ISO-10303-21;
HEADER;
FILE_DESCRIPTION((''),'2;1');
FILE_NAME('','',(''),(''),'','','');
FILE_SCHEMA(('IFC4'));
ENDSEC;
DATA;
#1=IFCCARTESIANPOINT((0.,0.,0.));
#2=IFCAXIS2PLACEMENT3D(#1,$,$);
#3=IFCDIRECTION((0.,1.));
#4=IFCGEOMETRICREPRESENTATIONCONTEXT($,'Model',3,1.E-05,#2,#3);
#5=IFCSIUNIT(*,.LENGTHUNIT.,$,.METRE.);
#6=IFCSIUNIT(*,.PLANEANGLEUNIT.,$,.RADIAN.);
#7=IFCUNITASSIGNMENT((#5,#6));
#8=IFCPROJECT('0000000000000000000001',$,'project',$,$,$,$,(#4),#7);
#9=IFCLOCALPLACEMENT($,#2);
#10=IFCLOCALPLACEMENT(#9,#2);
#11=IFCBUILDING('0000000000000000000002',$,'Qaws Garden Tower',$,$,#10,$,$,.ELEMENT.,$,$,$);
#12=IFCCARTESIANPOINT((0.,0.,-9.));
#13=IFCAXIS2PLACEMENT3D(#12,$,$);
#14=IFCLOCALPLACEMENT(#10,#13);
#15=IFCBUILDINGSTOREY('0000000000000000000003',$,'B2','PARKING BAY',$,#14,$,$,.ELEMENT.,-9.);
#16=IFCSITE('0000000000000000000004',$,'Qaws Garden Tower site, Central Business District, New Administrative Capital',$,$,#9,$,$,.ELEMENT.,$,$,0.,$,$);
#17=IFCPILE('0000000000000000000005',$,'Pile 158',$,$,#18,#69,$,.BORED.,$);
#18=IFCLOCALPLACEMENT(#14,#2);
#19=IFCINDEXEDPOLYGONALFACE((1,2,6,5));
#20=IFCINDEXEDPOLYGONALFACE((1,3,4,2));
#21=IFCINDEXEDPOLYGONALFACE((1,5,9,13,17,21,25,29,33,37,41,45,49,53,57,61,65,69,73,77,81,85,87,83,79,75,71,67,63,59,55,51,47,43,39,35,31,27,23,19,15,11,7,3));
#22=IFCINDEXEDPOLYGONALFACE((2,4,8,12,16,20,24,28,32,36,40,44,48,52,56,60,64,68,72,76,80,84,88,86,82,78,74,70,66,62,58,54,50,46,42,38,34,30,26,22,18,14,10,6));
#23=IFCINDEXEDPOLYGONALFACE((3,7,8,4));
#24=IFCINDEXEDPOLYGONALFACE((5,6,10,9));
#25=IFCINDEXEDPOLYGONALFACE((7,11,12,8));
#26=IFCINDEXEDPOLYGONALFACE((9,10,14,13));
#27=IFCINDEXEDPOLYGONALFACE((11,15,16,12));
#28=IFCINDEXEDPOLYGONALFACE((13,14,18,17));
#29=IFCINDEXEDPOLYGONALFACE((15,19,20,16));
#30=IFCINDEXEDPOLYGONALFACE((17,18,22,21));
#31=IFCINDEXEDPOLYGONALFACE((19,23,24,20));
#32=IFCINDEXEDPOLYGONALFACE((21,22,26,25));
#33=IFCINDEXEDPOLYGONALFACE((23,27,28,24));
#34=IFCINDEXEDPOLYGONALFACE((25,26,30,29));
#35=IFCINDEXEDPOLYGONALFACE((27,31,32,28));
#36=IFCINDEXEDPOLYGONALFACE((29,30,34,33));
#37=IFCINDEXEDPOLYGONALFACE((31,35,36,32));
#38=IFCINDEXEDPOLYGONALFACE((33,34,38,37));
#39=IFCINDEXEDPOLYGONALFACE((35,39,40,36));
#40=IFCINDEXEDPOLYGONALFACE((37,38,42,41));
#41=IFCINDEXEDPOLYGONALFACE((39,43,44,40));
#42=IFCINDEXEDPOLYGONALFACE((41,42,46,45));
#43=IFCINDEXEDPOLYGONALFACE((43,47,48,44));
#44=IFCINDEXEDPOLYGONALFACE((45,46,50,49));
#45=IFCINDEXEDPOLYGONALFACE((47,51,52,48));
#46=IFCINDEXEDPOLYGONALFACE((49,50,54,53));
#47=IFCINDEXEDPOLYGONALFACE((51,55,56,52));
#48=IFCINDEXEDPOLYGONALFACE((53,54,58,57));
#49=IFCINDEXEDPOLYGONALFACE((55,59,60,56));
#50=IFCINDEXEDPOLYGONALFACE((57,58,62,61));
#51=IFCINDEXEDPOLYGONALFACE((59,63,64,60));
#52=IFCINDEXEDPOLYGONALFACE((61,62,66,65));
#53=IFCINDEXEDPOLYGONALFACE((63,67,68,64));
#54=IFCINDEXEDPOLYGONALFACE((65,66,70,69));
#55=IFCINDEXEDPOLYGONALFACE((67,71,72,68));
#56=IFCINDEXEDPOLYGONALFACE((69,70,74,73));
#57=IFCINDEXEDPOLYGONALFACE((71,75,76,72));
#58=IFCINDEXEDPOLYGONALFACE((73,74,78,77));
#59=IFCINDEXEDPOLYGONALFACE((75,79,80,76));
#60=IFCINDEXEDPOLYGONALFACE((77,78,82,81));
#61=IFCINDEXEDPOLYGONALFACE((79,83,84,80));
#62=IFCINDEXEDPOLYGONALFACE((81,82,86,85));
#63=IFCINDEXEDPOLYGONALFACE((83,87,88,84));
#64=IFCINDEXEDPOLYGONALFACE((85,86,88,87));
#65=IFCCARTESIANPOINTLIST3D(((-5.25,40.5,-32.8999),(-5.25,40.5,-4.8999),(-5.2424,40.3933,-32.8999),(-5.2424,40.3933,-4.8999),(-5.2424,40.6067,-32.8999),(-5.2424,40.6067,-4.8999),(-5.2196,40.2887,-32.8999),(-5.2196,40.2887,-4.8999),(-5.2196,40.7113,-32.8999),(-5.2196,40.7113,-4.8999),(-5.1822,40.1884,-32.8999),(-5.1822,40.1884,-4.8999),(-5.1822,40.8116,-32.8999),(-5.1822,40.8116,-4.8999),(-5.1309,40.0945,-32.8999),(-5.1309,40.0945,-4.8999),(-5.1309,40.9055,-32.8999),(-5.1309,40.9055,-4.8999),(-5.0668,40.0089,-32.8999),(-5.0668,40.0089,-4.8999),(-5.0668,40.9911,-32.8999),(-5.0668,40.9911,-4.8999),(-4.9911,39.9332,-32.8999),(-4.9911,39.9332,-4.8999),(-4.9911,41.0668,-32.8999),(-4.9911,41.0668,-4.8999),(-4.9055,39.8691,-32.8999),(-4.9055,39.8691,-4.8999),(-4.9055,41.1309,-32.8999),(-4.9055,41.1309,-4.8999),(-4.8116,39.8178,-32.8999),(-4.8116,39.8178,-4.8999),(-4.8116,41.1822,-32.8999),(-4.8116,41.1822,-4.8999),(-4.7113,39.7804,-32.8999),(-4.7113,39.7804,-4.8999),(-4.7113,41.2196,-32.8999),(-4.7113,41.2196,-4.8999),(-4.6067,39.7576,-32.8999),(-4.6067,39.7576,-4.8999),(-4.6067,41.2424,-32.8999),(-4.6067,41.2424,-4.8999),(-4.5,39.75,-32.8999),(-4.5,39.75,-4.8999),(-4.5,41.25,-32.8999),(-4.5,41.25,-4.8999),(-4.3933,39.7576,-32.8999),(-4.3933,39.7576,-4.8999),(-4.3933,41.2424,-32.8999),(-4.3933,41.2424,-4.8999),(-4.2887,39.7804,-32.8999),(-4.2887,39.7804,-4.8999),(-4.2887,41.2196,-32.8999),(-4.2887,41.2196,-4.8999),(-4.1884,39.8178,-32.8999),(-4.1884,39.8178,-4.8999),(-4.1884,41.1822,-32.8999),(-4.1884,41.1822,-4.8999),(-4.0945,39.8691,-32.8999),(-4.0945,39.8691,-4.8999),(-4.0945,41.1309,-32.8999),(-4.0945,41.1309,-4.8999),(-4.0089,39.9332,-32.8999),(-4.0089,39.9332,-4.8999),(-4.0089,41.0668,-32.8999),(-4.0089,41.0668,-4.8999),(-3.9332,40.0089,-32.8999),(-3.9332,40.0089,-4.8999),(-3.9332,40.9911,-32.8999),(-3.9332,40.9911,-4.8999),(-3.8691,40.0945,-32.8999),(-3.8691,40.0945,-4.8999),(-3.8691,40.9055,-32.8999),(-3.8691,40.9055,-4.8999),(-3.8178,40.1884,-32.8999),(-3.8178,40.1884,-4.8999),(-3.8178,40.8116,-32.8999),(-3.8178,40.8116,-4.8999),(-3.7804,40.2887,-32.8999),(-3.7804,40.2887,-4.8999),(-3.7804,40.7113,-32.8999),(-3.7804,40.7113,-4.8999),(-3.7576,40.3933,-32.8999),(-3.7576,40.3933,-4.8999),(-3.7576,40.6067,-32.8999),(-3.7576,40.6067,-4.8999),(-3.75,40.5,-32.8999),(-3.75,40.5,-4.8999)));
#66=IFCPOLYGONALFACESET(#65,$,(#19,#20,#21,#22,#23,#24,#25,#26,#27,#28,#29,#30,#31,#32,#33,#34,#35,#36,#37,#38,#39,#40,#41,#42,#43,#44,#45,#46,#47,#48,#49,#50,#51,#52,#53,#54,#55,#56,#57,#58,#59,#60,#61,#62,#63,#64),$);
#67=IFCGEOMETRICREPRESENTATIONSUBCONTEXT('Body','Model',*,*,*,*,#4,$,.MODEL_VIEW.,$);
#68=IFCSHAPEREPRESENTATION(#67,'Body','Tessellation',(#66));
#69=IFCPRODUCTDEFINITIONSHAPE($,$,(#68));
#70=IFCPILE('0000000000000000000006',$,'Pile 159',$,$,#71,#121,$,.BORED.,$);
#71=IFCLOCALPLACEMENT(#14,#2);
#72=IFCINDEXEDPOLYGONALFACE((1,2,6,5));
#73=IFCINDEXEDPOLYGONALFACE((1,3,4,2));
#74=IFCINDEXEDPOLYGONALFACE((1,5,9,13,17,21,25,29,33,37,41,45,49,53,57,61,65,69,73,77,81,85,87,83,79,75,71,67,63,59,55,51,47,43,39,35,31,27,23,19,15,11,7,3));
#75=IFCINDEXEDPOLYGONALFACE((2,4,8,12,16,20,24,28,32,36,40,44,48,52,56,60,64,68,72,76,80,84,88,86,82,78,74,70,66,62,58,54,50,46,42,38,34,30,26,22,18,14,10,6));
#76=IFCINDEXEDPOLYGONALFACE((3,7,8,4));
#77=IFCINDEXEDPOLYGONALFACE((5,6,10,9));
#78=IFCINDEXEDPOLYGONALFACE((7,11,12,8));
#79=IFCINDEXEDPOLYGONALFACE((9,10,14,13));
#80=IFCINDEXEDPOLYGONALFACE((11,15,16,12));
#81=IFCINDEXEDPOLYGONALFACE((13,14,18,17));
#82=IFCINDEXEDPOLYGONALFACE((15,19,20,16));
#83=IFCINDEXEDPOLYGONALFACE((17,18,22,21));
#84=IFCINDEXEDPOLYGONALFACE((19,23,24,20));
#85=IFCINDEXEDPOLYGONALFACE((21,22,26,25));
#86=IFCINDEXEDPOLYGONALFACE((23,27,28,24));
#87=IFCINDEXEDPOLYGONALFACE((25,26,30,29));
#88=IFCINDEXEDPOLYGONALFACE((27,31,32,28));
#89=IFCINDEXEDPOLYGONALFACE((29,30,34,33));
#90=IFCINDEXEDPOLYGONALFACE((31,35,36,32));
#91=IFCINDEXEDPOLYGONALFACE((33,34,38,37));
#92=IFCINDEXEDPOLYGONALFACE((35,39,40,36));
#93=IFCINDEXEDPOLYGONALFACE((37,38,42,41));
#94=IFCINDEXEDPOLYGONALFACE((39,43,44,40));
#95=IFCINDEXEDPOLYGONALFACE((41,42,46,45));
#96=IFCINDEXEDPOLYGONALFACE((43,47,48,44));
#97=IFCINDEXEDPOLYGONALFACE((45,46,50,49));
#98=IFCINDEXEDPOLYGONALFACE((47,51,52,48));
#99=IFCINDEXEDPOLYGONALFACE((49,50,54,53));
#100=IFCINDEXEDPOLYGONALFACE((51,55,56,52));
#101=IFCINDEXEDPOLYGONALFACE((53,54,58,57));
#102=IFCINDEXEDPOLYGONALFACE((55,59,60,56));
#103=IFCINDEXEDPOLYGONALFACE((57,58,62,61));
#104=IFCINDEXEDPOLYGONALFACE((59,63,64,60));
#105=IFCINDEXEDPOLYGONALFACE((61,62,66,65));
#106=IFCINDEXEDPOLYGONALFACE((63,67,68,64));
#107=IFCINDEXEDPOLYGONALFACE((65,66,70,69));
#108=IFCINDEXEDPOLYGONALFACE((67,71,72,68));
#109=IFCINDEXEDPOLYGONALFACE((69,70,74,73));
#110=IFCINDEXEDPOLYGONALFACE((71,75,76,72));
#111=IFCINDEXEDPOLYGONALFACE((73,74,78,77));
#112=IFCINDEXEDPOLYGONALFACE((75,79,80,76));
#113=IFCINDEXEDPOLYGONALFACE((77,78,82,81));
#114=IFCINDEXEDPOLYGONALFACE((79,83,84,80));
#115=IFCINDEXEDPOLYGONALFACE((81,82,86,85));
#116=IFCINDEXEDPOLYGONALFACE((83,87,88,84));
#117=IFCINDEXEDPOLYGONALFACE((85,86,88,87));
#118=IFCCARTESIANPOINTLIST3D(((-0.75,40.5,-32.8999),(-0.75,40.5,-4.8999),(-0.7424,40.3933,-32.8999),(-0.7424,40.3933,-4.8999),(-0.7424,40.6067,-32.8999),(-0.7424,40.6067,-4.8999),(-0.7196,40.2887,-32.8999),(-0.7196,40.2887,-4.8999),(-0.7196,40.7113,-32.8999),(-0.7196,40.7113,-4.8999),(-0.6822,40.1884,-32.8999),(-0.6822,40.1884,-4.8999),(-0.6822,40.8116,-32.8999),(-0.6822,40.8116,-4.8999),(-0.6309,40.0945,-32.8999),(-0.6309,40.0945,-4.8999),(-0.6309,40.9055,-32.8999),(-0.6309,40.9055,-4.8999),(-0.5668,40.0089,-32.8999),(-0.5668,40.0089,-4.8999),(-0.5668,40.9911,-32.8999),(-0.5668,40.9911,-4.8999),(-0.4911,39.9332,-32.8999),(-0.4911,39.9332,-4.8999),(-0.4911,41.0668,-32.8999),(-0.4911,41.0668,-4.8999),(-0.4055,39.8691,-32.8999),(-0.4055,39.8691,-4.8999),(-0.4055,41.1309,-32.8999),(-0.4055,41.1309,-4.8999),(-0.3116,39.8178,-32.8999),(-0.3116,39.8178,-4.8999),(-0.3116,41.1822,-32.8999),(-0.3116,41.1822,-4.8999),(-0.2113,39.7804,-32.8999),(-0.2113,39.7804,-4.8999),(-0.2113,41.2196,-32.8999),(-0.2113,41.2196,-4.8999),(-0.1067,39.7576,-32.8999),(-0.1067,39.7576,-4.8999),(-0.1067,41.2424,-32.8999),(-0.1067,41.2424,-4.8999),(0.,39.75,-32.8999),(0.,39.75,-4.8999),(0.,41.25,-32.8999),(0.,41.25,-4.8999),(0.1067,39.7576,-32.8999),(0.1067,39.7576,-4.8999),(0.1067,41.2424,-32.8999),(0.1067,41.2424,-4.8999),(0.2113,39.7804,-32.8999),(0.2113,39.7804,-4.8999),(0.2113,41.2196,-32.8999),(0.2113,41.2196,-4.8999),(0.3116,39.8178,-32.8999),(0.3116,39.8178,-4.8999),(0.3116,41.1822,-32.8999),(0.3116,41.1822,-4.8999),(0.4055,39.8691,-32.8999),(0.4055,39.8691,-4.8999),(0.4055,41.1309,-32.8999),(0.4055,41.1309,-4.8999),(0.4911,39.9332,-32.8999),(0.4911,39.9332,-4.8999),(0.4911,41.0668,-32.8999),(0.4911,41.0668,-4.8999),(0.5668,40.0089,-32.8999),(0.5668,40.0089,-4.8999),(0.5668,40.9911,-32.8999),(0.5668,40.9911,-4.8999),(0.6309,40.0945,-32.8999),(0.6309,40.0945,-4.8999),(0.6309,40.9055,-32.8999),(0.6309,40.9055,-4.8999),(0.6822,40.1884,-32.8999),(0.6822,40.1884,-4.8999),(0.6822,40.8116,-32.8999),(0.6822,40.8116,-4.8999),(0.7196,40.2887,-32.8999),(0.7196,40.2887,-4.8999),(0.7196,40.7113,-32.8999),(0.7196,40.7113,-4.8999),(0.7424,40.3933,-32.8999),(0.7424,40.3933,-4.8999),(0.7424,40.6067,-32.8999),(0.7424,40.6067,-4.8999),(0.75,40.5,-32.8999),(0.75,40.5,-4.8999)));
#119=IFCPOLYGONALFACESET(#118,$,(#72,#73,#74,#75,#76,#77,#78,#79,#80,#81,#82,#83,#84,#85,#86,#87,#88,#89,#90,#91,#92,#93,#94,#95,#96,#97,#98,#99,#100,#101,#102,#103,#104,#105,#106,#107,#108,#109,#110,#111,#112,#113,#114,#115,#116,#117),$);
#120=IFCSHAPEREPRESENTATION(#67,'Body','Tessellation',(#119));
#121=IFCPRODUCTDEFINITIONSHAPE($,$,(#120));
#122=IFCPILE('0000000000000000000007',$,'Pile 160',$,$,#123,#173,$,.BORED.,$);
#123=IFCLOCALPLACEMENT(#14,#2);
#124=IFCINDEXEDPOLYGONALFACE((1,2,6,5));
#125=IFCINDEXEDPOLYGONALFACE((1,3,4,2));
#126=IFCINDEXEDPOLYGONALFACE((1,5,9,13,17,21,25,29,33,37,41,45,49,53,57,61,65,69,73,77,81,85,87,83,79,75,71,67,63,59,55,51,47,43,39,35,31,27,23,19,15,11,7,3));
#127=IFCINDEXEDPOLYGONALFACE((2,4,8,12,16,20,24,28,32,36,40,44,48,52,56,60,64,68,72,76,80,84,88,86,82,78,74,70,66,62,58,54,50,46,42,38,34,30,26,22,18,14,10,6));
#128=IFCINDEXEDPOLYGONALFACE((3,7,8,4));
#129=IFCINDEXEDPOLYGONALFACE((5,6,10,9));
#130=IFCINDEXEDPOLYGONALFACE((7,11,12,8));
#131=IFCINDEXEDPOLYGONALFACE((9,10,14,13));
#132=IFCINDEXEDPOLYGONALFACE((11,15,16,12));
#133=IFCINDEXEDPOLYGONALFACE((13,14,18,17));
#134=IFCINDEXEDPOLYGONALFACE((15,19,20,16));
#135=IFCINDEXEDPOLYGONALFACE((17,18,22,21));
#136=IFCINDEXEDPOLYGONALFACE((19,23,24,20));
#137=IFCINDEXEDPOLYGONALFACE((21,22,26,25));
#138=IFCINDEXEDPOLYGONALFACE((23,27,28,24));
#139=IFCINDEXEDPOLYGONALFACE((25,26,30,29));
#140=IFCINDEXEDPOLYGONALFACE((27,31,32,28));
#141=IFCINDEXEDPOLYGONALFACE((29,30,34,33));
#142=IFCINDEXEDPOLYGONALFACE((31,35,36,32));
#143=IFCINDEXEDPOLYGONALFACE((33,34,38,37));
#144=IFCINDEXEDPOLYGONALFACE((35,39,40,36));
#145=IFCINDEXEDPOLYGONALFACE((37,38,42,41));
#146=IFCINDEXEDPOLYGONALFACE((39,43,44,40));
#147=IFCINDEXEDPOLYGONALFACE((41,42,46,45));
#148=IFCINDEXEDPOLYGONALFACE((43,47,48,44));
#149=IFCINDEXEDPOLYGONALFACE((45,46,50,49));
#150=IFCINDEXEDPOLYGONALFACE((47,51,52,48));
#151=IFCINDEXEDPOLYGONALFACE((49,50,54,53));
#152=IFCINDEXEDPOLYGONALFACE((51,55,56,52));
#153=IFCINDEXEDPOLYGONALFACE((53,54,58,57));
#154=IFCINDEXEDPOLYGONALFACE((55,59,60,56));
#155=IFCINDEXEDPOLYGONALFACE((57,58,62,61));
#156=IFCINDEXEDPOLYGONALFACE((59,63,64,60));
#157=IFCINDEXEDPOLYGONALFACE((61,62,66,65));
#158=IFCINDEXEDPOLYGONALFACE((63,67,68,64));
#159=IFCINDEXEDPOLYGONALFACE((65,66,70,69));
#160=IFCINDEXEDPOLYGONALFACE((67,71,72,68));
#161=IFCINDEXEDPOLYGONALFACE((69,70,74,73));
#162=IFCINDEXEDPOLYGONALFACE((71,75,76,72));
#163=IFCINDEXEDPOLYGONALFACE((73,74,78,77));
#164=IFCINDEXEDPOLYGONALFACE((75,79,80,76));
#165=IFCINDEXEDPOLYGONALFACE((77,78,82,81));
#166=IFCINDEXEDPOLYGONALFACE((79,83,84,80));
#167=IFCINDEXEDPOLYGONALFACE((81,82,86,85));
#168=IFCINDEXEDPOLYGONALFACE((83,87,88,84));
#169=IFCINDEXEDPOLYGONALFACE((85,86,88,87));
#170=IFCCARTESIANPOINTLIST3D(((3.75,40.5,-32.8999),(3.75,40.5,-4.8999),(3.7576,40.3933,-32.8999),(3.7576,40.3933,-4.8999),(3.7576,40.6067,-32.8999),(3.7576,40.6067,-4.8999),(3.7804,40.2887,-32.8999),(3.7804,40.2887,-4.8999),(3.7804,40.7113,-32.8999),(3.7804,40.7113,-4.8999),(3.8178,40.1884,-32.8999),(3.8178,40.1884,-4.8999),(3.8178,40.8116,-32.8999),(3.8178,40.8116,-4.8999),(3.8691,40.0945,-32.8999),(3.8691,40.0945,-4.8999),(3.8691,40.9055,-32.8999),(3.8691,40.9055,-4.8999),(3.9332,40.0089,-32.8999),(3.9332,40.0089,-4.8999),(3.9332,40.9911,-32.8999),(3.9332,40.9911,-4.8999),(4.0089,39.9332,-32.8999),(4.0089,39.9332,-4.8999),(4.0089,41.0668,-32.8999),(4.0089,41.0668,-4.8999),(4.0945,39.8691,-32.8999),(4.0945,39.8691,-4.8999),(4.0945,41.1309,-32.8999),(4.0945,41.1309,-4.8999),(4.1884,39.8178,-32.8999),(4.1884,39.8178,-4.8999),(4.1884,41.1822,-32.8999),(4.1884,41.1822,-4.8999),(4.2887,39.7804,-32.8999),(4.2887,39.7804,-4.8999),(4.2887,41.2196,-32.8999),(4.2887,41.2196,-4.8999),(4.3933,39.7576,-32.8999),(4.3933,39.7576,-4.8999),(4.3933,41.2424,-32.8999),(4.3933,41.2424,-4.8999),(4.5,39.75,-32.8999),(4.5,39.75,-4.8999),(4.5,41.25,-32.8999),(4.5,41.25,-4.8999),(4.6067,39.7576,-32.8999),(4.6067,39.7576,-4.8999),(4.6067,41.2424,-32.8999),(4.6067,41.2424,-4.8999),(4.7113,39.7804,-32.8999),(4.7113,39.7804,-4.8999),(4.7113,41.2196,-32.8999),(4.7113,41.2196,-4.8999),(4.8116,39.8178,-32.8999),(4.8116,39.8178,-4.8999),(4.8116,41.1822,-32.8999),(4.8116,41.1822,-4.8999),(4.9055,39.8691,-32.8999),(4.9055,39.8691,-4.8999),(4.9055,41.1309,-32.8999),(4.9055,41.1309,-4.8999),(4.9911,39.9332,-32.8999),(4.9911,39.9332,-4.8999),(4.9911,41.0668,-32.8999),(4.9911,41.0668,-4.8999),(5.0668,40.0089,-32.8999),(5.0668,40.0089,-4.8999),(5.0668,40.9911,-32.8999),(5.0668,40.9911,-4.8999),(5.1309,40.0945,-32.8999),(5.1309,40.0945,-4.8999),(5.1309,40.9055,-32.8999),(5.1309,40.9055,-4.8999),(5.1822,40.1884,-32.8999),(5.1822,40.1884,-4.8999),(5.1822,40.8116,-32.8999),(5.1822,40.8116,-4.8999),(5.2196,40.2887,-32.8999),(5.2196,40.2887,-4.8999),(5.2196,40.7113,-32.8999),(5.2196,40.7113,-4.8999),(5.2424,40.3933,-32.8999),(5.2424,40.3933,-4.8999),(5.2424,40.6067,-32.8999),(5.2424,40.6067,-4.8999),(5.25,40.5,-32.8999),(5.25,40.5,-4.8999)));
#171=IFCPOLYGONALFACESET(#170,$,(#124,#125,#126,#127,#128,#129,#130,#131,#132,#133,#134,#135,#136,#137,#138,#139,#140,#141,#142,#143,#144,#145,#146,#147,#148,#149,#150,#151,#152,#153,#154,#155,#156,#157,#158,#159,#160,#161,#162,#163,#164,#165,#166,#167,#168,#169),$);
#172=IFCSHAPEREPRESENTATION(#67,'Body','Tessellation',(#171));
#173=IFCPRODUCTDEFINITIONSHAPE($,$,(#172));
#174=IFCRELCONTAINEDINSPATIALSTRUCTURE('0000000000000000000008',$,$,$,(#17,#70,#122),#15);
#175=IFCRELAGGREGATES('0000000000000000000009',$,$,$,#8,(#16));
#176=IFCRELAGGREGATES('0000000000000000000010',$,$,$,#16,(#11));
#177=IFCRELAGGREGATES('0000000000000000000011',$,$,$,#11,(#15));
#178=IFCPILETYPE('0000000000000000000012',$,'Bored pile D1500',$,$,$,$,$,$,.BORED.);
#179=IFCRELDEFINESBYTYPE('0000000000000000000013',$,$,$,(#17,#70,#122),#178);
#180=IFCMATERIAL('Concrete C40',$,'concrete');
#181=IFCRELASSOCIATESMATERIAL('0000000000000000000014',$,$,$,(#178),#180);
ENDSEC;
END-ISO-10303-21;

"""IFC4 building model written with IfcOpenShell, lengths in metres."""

from ifc_helpers import new_model, si_unit, direction, frame, origin, origin_2d, place, context, subcontext, project, spatial, circle, extrude, material, material_profile, profile_set, type_object, element, save


model = new_model("IFC4")

# Units and contexts
model_context = context("Model", 3, precision=1e-05, world=origin(), true_north=direction((0.0, 1.0)))
body_context = subcontext(model_context, "Body", "Model", "MODEL_VIEW")
ifc_project = project(units=[si_unit("LENGTHUNIT", "METRE"), si_unit("PLANEANGLEUNIT", "RADIAN")], contexts=[model_context])

# Site, building, storey
site_placement = place(None, origin())
site = spatial("IfcSite", under=ifc_project, at=site_placement, Name="Qaws Garden Tower site, Central Business District, New Administrative Capital", CompositionType="ELEMENT", RefElevation=0.0)
building_placement = place(site_placement, origin())
building = spatial("IfcBuilding", under=site, at=building_placement, Name="Qaws Garden Tower", CompositionType="ELEMENT")
storey_placement = place(building_placement, frame((0.0, 0.0, -9.0)))
storey = spatial("IfcBuildingStorey", under=building, at=storey_placement, Name="B2", Description="PARKING BAY", CompositionType="ELEMENT", Elevation=-9.0)

# Piles
ifc_material_1 = material(Name="Concrete C40", Category="concrete")
ifc_material_profile_1 = material_profile(ifc_material_1, circle(Radius=0.75, at=origin_2d()), Name="Bored pile D1500")
ifc_profile_set_1 = profile_set([ifc_material_profile_1], Name="Concrete C40")
pile_type = type_object("IfcPileType", Name="Bored pile D1500", PredefinedType="BORED", material=ifc_profile_set_1)
for number, where, z_axis, x_axis, name in (
    (1, (-4.5, 40.5, -4.8999), (0.0, 0.0, -1.0), (1.0, 0.0, 0.0), "Pile 158"),
    (2, (0.0, 40.5, -4.8999), (0.0, 0.0, -1.0), (1.0, 0.0, 0.0), "Pile 159"),
    (3, (4.5, 40.5, -4.8999), (0.0, 0.0, -1.0), (1.0, 0.0, 0.0), "Pile 160"),
):
    element("IfcPile", number, at=place(storey_placement, frame(where, z_axis=z_axis, x_axis=x_axis)), inside=storey, type_object=pile_type, Name=name, PredefinedType="BORED", context=body_context, shape_type="SweptSolid", body=[
        extrude(circle(Radius=0.75, at=origin_2d()), origin(), (0.0, 0.0, 1.0), 28.0),
    ])

save(model, "model.ifc")
